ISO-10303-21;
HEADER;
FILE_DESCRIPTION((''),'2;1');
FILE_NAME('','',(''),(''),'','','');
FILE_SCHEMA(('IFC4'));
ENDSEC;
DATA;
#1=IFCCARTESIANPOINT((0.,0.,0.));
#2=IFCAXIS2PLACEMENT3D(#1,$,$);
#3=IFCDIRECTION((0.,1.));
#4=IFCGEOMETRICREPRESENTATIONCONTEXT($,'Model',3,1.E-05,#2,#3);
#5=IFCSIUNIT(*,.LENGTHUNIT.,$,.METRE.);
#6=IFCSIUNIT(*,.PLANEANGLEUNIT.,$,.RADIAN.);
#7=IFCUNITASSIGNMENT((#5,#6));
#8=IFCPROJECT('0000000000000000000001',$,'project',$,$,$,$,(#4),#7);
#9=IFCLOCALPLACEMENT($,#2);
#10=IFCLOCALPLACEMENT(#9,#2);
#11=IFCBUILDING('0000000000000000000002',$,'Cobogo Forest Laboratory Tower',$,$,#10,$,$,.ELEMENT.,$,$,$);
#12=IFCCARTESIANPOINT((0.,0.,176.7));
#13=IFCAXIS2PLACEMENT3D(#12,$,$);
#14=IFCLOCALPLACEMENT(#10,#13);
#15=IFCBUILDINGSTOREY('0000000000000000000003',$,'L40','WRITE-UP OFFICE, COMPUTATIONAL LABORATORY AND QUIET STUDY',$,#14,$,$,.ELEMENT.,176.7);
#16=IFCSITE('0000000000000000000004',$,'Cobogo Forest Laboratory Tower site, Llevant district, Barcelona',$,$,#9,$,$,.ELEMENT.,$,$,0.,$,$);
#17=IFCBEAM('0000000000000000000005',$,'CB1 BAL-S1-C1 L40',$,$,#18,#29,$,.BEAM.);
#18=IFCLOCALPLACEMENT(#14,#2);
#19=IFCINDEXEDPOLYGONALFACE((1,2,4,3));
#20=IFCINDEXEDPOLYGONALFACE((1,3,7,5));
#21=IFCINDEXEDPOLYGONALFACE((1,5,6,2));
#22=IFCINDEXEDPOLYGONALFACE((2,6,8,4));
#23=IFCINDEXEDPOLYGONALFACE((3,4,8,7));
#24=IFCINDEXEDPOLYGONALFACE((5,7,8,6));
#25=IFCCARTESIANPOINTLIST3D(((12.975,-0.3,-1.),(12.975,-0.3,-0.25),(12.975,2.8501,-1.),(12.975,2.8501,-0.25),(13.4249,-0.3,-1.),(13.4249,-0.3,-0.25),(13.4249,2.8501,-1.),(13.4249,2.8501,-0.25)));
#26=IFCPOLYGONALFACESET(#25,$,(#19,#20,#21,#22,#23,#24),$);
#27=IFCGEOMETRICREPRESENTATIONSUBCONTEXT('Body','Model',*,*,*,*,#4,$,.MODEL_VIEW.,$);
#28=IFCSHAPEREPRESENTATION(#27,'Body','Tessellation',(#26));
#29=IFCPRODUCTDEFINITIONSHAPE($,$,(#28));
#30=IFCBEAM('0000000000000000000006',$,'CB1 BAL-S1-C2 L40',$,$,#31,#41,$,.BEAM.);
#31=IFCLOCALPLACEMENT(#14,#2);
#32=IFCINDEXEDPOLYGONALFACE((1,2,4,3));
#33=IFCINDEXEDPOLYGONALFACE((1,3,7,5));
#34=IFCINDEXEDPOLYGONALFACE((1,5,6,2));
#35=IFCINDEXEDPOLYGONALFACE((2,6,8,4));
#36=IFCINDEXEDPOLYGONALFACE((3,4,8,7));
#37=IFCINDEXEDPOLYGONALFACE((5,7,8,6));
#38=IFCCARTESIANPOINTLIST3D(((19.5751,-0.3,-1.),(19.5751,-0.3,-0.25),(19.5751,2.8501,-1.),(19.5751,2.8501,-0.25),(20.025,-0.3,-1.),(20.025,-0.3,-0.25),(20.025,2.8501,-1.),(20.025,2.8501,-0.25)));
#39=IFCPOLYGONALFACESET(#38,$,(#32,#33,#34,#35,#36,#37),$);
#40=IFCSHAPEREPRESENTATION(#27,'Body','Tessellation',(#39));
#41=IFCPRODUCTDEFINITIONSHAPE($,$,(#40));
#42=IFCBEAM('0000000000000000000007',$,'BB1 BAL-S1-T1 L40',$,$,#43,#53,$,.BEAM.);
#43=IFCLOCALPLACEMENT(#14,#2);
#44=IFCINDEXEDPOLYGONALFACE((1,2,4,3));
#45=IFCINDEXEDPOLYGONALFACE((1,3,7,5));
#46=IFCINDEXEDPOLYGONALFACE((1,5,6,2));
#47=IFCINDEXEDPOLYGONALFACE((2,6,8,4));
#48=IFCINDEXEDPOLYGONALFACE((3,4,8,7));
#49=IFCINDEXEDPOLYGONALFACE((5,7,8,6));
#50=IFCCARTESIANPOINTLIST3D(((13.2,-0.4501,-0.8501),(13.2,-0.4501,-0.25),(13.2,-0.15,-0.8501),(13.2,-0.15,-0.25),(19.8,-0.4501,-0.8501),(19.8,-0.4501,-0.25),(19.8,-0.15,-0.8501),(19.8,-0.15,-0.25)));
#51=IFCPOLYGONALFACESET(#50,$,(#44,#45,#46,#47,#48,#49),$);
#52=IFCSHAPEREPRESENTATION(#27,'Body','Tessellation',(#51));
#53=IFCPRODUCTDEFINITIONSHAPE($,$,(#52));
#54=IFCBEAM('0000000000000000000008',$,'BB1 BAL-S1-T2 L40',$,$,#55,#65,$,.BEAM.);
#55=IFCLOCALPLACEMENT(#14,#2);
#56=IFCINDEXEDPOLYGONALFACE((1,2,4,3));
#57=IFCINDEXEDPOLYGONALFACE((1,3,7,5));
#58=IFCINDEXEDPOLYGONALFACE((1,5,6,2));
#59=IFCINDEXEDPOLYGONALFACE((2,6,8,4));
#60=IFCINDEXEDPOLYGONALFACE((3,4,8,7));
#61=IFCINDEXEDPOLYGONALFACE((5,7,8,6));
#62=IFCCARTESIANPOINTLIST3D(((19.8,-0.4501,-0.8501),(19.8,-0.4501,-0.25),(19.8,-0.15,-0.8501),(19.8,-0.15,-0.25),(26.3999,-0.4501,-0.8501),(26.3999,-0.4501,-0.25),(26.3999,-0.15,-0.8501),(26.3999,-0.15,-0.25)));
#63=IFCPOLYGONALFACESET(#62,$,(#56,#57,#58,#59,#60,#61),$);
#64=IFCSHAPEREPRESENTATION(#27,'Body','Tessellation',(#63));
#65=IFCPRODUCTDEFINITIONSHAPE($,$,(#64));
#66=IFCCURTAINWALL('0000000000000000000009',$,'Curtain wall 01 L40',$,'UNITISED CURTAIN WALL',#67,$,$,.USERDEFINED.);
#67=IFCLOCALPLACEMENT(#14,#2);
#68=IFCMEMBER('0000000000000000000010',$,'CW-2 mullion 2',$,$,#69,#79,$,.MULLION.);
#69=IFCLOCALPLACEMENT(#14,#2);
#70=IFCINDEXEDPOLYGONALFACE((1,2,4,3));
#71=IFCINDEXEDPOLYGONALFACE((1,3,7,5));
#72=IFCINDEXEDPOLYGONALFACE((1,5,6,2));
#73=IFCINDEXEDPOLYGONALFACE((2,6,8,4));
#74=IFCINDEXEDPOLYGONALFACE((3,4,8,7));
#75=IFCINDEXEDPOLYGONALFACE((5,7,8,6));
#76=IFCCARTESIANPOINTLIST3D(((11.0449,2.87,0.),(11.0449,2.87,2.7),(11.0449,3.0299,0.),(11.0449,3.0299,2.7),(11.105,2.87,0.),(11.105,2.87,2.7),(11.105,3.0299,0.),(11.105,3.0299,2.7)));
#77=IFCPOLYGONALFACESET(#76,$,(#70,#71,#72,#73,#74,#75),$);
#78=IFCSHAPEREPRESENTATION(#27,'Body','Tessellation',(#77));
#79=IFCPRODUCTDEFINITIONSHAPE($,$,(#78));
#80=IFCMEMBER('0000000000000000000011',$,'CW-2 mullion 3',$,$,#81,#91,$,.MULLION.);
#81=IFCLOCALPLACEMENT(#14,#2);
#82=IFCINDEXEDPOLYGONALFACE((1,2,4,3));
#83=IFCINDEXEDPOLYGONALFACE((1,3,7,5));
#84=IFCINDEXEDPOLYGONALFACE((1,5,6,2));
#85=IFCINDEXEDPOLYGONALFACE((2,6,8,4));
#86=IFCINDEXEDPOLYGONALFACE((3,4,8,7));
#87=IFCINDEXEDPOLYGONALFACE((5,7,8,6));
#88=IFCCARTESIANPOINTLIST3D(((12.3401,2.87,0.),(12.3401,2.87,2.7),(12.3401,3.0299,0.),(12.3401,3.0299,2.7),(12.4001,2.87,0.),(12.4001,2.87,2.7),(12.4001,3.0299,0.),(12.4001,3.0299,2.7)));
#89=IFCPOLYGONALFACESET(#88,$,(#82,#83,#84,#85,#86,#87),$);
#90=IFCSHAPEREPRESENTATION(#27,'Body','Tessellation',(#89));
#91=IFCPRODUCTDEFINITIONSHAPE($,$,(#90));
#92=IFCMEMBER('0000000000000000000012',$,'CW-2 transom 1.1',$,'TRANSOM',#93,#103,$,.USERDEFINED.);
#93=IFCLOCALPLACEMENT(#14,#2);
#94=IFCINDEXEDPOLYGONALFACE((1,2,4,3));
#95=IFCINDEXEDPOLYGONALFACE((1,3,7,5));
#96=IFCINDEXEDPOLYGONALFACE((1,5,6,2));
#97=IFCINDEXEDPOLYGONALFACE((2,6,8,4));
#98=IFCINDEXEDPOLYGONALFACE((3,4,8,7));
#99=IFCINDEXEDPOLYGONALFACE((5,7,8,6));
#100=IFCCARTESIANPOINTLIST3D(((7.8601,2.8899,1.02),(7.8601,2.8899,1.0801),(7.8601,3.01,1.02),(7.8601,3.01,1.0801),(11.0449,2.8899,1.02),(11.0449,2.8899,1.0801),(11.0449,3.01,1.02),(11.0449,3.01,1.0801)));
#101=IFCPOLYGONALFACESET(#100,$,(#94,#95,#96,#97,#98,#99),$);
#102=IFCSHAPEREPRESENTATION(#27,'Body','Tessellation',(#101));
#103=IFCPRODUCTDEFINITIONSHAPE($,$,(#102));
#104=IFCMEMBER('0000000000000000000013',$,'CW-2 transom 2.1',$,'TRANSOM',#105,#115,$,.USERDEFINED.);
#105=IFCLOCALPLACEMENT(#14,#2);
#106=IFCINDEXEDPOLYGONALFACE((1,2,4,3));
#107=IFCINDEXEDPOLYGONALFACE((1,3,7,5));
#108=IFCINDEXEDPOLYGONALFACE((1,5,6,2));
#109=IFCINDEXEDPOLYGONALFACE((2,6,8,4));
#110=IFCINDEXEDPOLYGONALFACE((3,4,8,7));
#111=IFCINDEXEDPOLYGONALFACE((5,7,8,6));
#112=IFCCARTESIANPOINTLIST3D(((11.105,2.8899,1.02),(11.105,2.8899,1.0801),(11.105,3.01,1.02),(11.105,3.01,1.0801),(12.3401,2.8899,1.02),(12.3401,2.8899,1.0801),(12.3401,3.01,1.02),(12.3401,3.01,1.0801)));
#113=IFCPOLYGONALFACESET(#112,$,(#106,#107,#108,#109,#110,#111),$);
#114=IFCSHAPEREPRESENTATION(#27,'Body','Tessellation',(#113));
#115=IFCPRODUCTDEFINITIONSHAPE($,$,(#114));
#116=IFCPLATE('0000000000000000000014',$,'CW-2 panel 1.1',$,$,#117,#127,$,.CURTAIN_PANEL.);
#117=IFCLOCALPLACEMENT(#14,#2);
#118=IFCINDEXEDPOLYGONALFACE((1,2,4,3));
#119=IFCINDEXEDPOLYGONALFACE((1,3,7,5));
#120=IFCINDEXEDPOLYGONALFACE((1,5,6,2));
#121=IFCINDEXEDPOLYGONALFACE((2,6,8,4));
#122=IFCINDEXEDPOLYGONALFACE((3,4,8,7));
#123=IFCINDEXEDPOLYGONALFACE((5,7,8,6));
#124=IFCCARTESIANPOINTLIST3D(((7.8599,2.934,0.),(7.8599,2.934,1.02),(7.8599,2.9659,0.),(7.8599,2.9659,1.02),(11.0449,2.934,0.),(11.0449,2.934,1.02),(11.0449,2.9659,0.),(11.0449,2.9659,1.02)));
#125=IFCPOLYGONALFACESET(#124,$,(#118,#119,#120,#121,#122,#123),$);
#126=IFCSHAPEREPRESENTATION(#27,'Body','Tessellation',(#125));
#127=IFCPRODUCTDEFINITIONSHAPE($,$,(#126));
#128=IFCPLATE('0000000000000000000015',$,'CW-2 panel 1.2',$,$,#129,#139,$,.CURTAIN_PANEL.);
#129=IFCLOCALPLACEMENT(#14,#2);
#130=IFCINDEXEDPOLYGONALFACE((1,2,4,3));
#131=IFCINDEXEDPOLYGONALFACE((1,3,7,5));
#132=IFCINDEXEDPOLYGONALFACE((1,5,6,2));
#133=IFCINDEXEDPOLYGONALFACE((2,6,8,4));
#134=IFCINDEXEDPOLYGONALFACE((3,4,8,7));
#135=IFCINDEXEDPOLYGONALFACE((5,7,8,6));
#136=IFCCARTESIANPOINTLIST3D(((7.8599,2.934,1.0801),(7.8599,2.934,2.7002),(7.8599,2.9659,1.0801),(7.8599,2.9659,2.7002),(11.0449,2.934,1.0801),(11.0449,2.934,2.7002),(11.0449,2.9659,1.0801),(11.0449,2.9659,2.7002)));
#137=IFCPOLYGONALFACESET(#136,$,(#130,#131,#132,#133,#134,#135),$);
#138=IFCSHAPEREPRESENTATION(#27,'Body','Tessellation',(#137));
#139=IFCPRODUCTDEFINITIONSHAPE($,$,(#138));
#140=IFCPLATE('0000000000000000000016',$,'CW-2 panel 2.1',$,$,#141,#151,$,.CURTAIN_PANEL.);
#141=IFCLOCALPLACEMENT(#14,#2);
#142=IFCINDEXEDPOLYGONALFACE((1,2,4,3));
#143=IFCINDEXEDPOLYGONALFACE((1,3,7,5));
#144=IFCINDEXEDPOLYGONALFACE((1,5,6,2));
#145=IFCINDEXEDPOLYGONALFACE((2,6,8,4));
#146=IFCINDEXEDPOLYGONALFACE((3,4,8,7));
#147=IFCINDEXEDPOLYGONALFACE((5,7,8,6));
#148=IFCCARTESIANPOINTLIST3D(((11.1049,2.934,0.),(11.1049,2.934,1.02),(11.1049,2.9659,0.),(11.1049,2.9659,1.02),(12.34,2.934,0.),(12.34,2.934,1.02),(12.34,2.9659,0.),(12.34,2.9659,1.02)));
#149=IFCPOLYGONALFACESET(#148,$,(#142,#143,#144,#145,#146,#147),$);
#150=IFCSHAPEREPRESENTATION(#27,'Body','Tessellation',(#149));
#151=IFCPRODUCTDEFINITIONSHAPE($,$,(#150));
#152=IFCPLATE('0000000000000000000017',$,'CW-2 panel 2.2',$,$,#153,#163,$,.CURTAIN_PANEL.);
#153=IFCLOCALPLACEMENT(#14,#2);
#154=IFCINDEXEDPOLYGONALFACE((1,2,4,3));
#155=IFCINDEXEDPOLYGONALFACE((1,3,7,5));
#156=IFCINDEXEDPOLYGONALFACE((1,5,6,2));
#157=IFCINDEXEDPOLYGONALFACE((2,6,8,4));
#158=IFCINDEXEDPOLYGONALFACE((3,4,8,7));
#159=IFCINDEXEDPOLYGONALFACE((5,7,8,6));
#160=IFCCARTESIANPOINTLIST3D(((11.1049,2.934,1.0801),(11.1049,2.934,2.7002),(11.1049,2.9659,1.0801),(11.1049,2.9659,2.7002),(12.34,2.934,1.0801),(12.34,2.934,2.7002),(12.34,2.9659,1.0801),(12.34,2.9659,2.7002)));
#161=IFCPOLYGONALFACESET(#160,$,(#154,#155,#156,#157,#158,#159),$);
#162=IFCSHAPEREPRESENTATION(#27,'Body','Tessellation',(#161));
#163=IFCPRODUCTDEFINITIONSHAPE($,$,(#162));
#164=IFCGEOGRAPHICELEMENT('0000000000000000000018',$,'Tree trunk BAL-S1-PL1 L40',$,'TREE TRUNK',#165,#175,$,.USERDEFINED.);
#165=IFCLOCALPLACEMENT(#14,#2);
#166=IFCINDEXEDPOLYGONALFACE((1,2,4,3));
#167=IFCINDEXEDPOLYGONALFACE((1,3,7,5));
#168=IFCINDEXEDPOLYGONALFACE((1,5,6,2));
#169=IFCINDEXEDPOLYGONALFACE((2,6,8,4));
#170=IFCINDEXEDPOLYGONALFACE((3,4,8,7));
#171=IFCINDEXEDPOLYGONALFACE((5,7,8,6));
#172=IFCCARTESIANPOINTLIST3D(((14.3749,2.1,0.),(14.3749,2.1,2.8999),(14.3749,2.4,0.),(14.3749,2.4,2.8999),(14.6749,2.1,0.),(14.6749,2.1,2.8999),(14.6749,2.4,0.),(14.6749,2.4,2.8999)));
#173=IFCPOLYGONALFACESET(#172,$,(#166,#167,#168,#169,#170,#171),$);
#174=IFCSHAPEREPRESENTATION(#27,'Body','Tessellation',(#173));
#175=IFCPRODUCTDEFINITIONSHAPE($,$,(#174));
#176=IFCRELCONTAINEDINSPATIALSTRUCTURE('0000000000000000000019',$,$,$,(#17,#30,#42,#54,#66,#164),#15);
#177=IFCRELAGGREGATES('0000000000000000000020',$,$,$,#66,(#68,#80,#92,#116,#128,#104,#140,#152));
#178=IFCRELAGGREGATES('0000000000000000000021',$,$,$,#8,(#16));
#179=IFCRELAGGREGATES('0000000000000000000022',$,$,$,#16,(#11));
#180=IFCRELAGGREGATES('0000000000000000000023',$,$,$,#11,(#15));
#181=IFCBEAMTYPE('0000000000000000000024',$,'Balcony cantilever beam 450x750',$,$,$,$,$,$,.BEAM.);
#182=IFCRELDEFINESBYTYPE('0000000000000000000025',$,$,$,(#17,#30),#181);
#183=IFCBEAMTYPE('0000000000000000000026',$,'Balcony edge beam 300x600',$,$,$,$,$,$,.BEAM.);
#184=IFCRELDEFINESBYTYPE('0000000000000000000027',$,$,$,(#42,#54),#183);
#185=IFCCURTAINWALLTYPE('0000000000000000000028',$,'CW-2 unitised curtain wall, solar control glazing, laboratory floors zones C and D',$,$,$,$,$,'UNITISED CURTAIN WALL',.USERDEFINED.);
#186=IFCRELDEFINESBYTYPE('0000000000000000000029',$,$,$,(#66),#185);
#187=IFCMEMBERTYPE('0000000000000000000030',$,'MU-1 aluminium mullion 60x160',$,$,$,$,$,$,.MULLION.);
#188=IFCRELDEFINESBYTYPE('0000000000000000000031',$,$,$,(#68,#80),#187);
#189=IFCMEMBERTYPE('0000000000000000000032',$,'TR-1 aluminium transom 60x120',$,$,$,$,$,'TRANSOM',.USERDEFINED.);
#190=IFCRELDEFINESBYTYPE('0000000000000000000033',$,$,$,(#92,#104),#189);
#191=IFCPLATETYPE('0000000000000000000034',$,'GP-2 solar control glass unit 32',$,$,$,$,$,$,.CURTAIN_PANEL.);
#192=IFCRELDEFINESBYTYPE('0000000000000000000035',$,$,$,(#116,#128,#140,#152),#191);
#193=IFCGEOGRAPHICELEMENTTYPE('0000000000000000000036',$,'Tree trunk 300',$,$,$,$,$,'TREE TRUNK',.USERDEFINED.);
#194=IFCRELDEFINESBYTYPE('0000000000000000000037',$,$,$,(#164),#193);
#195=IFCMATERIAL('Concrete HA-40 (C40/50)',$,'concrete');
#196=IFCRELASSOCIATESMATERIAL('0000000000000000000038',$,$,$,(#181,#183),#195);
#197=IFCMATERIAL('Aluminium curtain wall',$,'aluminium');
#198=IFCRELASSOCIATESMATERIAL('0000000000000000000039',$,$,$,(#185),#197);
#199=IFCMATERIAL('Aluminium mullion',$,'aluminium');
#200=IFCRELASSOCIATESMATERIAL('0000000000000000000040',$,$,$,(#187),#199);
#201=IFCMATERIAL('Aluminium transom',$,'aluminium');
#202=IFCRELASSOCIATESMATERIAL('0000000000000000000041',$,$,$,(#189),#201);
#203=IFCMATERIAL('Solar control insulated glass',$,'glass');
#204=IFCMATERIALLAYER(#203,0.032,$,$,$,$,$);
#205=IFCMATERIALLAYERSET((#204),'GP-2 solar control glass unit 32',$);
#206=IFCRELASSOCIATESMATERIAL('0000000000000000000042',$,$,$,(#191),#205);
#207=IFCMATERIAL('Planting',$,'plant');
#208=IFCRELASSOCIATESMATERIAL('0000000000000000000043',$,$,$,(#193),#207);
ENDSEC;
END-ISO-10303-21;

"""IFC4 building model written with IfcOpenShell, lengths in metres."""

from ifc_helpers import new_model, si_unit, direction, frame, origin, origin_2d, place, context, subcontext, project, spatial, rectangle, extrude, material, layer, layer_set, material_profile, profile_set, type_object, element, aggregate, save


model = new_model("IFC4")

# Units and contexts
model_context = context("Model", 3, precision=1e-05, world=origin(), true_north=direction((0.0, 1.0)))
body_context = subcontext(model_context, "Body", "Model", "MODEL_VIEW")
ifc_project = project(units=[si_unit("LENGTHUNIT", "METRE"), si_unit("PLANEANGLEUNIT", "RADIAN")], contexts=[model_context])

# Site, building, storey
site_placement = place(None, origin())
site = spatial("IfcSite", under=ifc_project, at=site_placement, Name="Cobogo Forest Laboratory Tower site, Llevant district, Barcelona", CompositionType="ELEMENT", RefElevation=0.0)
building_placement = place(site_placement, origin())
building = spatial("IfcBuilding", under=site, at=building_placement, Name="Cobogo Forest Laboratory Tower", CompositionType="ELEMENT")
storey_placement = place(building_placement, frame((0.0, 0.0, 176.7)))
storey = spatial("IfcBuildingStorey", under=building, at=storey_placement, Name="L40", Description="WRITE-UP OFFICE, COMPUTATIONAL LABORATORY AND QUIET STUDY", CompositionType="ELEMENT", Elevation=176.7)

# Beams
ifc_material_1 = material(Name="Concrete HA-40 (C40/50)", Category="concrete")
ifc_material_profile_1 = material_profile(ifc_material_1, rectangle(XDim=0.45, YDim=0.75, at=origin_2d()), Name="RC 450x750")
ifc_profile_set_1 = profile_set([ifc_material_profile_1], Name="Concrete HA-40 (C40/50)")
beam_type_1 = type_object("IfcBeamType", Name="Balcony cantilever beam 450x750", PredefinedType="BEAM", material=ifc_profile_set_1)
for number, where, z_axis, x_axis, name in (
    (1, (13.2, 2.8501, -0.625), (0.0, -1.0, 0.0), (1.0, 0.0, 0.0), "CB1 BAL-S1-C1 L40"),
    (2, (19.8, 2.8501, -0.625), (0.0, -1.0, 0.0), (1.0, 0.0, 0.0), "CB1 BAL-S1-C2 L40"),
):
    element("IfcBeam", number, at=place(storey_placement, frame(where, z_axis=z_axis, x_axis=x_axis)), inside=storey, type_object=beam_type_1, Name=name, PredefinedType="BEAM", context=body_context, shape_type="SweptSolid", body=[
        extrude(rectangle(XDim=0.45, YDim=0.75, at=origin_2d()), origin(), (0.0, 0.0, 1.0), 3.1501),
    ])
ifc_material_profile_2 = material_profile(ifc_material_1, rectangle(XDim=0.3, YDim=0.6001, at=origin_2d()), Name="RC 300x600")
ifc_profile_set_2 = profile_set([ifc_material_profile_2], Name="Concrete HA-40 (C40/50)")
beam_type_2 = type_object("IfcBeamType", Name="Balcony edge beam 300x600", PredefinedType="BEAM", material=ifc_profile_set_2)
beam_1_placement = place(storey_placement, frame((13.2, -0.3, -0.55), z_axis=(1.0, 0.0, 0.0), x_axis=(0.0, 1.0, 0.0)))
element("IfcBeam", 3, at=beam_1_placement, inside=storey, type_object=beam_type_2, Name="BB1 BAL-S1-T1 L40", PredefinedType="BEAM", context=body_context, shape_type="SweptSolid", body=[
    extrude(rectangle(XDim=0.3, YDim=0.6001, at=origin_2d()), origin(), (0.0, 0.0, 1.0), 6.6001),
])
beam_2_placement = place(storey_placement, frame((19.8, -0.3, -0.55), z_axis=(1.0, 0.0, 0.0), x_axis=(0.0, 1.0, 0.0)))
element("IfcBeam", 4, at=beam_2_placement, inside=storey, type_object=beam_type_2, Name="BB1 BAL-S1-T2 L40", PredefinedType="BEAM", context=body_context, shape_type="SweptSolid", body=[
    extrude(rectangle(XDim=0.3, YDim=0.6001, at=origin_2d()), origin(), (0.0, 0.0, 1.0), 6.5999),
])

# Curtain wall, members, plates
ifc_material_2 = material(Name="Aluminium curtain wall", Category="aluminium")
curtain_wall_type = type_object("IfcCurtainWallType", Name="CW-2 unitised curtain wall, solar control glazing, laboratory floors zones C and D", ElementType="UNITISED CURTAIN WALL", PredefinedType="USERDEFINED", material=ifc_material_2)
curtain_wall_placement = place(storey_placement, origin())
curtain_wall = element("IfcCurtainWall", 5, at=curtain_wall_placement, inside=storey, type_object=curtain_wall_type, Name="Curtain wall 01 L40", ObjectType="UNITISED CURTAIN WALL", PredefinedType="USERDEFINED")
ifc_material_3 = material(Name="Aluminium mullion", Category="aluminium")
ifc_material_profile_3 = material_profile(ifc_material_3, rectangle(XDim=0.0601, YDim=0.1599, at=origin_2d()), Name="AL 60x160")
ifc_profile_set_3 = profile_set([ifc_material_profile_3], Name="Aluminium mullion")
member_type_1 = type_object("IfcMemberType", Name="MU-1 aluminium mullion 60x160", PredefinedType="MULLION", material=ifc_profile_set_3)
member_1_placement = place(storey_placement, frame((11.075, 2.95, 0.0), z_axis=(0.0, 0.0, 1.0), x_axis=(1.0, 0.0, 0.0)))
member_1 = element("IfcMember", 6, at=member_1_placement, type_object=member_type_1, Name="CW-2 mullion 2", PredefinedType="MULLION", context=body_context, shape_type="SweptSolid", body=[
    extrude(rectangle(XDim=0.0601, YDim=0.1599, at=origin_2d()), origin(), (0.0, 0.0, 1.0), 2.7),
])
member_2_placement = place(storey_placement, frame((12.3701, 2.95, 0.0), z_axis=(0.0, 0.0, 1.0), x_axis=(1.0, 0.0, 0.0)))
member_2 = element("IfcMember", 7, at=member_2_placement, type_object=member_type_1, Name="CW-2 mullion 3", PredefinedType="MULLION", context=body_context, shape_type="SweptSolid", body=[
    extrude(rectangle(XDim=0.0601, YDim=0.1599, at=origin_2d()), origin(), (0.0, 0.0, 1.0), 2.7),
])
ifc_material_4 = material(Name="Aluminium transom", Category="aluminium")
ifc_material_profile_4 = material_profile(ifc_material_4, rectangle(XDim=0.1201, YDim=0.0601, at=origin_2d()), Name="AL 60x120")
ifc_profile_set_4 = profile_set([ifc_material_profile_4], Name="Aluminium transom")
member_type_2 = type_object("IfcMemberType", Name="TR-1 aluminium transom 60x120", ElementType="TRANSOM", PredefinedType="USERDEFINED", material=ifc_profile_set_4)
member_3_placement = place(storey_placement, frame((7.8601, 2.95, 1.05), z_axis=(1.0, 0.0, 0.0), x_axis=(0.0, 1.0, 0.0)))
member_3 = element("IfcMember", 8, at=member_3_placement, type_object=member_type_2, Name="CW-2 transom 1.1", ObjectType="TRANSOM", PredefinedType="USERDEFINED", context=body_context, shape_type="SweptSolid", body=[
    extrude(rectangle(XDim=0.1201, YDim=0.0601, at=origin_2d()), origin(), (0.0, 0.0, 1.0), 3.1848),
])
member_4_placement = place(storey_placement, frame((11.105, 2.95, 1.05), z_axis=(1.0, 0.0, 0.0), x_axis=(0.0, 1.0, 0.0)))
member_4 = element("IfcMember", 9, at=member_4_placement, type_object=member_type_2, Name="CW-2 transom 2.1", ObjectType="TRANSOM", PredefinedType="USERDEFINED", context=body_context, shape_type="SweptSolid", body=[
    extrude(rectangle(XDim=0.1201, YDim=0.0601, at=origin_2d()), origin(), (0.0, 0.0, 1.0), 1.2351),
])
ifc_material_5 = material(Name="Solar control insulated glass", Category="glass")
ifc_layer = layer(ifc_material_5, 0.032)
ifc_layer_set = layer_set([ifc_layer], Name="GP-2 solar control glass unit 32")
plate_type = type_object("IfcPlateType", Name="GP-2 solar control glass unit 32", PredefinedType="CURTAIN_PANEL", material=ifc_layer_set)
plate_1_placement = place(storey_placement, frame((9.4524, 2.95, 0.0), z_axis=(0.0, 0.0, 1.0), x_axis=(1.0, 0.0, 0.0)))
plate_1 = element("IfcPlate", 10, at=plate_1_placement, type_object=plate_type, Name="CW-2 panel 1.1", PredefinedType="CURTAIN_PANEL", context=body_context, shape_type="SweptSolid", body=[
    extrude(rectangle(XDim=3.1851, YDim=0.032, at=origin_2d()), origin(), (0.0, 0.0, 1.0), 1.02),
])
plate_2_placement = place(storey_placement, frame((9.4524, 2.95, 1.0801), z_axis=(0.0, 0.0, 1.0), x_axis=(1.0, 0.0, 0.0)))
plate_2 = element("IfcPlate", 11, at=plate_2_placement, type_object=plate_type, Name="CW-2 panel 1.2", PredefinedType="CURTAIN_PANEL", context=body_context, shape_type="SweptSolid", body=[
    extrude(rectangle(XDim=3.1851, YDim=0.032, at=origin_2d()), origin(), (0.0, 0.0, 1.0), 1.6201),
])
plate_3_placement = place(storey_placement, frame((11.7224, 2.95, 0.0), z_axis=(0.0, 0.0, 1.0), x_axis=(1.0, 0.0, 0.0)))
plate_3 = element("IfcPlate", 12, at=plate_3_placement, type_object=plate_type, Name="CW-2 panel 2.1", PredefinedType="CURTAIN_PANEL", context=body_context, shape_type="SweptSolid", body=[
    extrude(rectangle(XDim=1.2351, YDim=0.032, at=origin_2d()), origin(), (0.0, 0.0, 1.0), 1.02),
])
plate_4_placement = place(storey_placement, frame((11.7224, 2.95, 1.0801), z_axis=(0.0, 0.0, 1.0), x_axis=(1.0, 0.0, 0.0)))
plate_4 = element("IfcPlate", 13, at=plate_4_placement, type_object=plate_type, Name="CW-2 panel 2.2", PredefinedType="CURTAIN_PANEL", context=body_context, shape_type="SweptSolid", body=[
    extrude(rectangle(XDim=1.2351, YDim=0.032, at=origin_2d()), origin(), (0.0, 0.0, 1.0), 1.6201),
])
aggregate(curtain_wall, [member_1, member_2, member_3, plate_1, plate_2, member_4, plate_3, plate_4])

# Geographic element
ifc_material_6 = material(Name="Planting", Category="plant")
geographic_element_type = type_object("IfcGeographicElementType", Name="Tree trunk 300", ElementType="TREE TRUNK", PredefinedType="USERDEFINED", material=ifc_material_6)
geographic_element_placement = place(storey_placement, frame((14.5249, 2.25, 0.0), z_axis=(0.0, 0.0, 1.0), x_axis=(1.0, 0.0, 0.0)))
element("IfcGeographicElement", 14, at=geographic_element_placement, inside=storey, type_object=geographic_element_type, Name="Tree trunk BAL-S1-PL1 L40", ObjectType="TREE TRUNK", PredefinedType="USERDEFINED", context=body_context, shape_type="SweptSolid", body=[
    extrude(rectangle(XDim=0.3, YDim=0.3, at=origin_2d()), origin(), (0.0, 0.0, 1.0), 2.8999),
])

save(model, "model.ifc")
